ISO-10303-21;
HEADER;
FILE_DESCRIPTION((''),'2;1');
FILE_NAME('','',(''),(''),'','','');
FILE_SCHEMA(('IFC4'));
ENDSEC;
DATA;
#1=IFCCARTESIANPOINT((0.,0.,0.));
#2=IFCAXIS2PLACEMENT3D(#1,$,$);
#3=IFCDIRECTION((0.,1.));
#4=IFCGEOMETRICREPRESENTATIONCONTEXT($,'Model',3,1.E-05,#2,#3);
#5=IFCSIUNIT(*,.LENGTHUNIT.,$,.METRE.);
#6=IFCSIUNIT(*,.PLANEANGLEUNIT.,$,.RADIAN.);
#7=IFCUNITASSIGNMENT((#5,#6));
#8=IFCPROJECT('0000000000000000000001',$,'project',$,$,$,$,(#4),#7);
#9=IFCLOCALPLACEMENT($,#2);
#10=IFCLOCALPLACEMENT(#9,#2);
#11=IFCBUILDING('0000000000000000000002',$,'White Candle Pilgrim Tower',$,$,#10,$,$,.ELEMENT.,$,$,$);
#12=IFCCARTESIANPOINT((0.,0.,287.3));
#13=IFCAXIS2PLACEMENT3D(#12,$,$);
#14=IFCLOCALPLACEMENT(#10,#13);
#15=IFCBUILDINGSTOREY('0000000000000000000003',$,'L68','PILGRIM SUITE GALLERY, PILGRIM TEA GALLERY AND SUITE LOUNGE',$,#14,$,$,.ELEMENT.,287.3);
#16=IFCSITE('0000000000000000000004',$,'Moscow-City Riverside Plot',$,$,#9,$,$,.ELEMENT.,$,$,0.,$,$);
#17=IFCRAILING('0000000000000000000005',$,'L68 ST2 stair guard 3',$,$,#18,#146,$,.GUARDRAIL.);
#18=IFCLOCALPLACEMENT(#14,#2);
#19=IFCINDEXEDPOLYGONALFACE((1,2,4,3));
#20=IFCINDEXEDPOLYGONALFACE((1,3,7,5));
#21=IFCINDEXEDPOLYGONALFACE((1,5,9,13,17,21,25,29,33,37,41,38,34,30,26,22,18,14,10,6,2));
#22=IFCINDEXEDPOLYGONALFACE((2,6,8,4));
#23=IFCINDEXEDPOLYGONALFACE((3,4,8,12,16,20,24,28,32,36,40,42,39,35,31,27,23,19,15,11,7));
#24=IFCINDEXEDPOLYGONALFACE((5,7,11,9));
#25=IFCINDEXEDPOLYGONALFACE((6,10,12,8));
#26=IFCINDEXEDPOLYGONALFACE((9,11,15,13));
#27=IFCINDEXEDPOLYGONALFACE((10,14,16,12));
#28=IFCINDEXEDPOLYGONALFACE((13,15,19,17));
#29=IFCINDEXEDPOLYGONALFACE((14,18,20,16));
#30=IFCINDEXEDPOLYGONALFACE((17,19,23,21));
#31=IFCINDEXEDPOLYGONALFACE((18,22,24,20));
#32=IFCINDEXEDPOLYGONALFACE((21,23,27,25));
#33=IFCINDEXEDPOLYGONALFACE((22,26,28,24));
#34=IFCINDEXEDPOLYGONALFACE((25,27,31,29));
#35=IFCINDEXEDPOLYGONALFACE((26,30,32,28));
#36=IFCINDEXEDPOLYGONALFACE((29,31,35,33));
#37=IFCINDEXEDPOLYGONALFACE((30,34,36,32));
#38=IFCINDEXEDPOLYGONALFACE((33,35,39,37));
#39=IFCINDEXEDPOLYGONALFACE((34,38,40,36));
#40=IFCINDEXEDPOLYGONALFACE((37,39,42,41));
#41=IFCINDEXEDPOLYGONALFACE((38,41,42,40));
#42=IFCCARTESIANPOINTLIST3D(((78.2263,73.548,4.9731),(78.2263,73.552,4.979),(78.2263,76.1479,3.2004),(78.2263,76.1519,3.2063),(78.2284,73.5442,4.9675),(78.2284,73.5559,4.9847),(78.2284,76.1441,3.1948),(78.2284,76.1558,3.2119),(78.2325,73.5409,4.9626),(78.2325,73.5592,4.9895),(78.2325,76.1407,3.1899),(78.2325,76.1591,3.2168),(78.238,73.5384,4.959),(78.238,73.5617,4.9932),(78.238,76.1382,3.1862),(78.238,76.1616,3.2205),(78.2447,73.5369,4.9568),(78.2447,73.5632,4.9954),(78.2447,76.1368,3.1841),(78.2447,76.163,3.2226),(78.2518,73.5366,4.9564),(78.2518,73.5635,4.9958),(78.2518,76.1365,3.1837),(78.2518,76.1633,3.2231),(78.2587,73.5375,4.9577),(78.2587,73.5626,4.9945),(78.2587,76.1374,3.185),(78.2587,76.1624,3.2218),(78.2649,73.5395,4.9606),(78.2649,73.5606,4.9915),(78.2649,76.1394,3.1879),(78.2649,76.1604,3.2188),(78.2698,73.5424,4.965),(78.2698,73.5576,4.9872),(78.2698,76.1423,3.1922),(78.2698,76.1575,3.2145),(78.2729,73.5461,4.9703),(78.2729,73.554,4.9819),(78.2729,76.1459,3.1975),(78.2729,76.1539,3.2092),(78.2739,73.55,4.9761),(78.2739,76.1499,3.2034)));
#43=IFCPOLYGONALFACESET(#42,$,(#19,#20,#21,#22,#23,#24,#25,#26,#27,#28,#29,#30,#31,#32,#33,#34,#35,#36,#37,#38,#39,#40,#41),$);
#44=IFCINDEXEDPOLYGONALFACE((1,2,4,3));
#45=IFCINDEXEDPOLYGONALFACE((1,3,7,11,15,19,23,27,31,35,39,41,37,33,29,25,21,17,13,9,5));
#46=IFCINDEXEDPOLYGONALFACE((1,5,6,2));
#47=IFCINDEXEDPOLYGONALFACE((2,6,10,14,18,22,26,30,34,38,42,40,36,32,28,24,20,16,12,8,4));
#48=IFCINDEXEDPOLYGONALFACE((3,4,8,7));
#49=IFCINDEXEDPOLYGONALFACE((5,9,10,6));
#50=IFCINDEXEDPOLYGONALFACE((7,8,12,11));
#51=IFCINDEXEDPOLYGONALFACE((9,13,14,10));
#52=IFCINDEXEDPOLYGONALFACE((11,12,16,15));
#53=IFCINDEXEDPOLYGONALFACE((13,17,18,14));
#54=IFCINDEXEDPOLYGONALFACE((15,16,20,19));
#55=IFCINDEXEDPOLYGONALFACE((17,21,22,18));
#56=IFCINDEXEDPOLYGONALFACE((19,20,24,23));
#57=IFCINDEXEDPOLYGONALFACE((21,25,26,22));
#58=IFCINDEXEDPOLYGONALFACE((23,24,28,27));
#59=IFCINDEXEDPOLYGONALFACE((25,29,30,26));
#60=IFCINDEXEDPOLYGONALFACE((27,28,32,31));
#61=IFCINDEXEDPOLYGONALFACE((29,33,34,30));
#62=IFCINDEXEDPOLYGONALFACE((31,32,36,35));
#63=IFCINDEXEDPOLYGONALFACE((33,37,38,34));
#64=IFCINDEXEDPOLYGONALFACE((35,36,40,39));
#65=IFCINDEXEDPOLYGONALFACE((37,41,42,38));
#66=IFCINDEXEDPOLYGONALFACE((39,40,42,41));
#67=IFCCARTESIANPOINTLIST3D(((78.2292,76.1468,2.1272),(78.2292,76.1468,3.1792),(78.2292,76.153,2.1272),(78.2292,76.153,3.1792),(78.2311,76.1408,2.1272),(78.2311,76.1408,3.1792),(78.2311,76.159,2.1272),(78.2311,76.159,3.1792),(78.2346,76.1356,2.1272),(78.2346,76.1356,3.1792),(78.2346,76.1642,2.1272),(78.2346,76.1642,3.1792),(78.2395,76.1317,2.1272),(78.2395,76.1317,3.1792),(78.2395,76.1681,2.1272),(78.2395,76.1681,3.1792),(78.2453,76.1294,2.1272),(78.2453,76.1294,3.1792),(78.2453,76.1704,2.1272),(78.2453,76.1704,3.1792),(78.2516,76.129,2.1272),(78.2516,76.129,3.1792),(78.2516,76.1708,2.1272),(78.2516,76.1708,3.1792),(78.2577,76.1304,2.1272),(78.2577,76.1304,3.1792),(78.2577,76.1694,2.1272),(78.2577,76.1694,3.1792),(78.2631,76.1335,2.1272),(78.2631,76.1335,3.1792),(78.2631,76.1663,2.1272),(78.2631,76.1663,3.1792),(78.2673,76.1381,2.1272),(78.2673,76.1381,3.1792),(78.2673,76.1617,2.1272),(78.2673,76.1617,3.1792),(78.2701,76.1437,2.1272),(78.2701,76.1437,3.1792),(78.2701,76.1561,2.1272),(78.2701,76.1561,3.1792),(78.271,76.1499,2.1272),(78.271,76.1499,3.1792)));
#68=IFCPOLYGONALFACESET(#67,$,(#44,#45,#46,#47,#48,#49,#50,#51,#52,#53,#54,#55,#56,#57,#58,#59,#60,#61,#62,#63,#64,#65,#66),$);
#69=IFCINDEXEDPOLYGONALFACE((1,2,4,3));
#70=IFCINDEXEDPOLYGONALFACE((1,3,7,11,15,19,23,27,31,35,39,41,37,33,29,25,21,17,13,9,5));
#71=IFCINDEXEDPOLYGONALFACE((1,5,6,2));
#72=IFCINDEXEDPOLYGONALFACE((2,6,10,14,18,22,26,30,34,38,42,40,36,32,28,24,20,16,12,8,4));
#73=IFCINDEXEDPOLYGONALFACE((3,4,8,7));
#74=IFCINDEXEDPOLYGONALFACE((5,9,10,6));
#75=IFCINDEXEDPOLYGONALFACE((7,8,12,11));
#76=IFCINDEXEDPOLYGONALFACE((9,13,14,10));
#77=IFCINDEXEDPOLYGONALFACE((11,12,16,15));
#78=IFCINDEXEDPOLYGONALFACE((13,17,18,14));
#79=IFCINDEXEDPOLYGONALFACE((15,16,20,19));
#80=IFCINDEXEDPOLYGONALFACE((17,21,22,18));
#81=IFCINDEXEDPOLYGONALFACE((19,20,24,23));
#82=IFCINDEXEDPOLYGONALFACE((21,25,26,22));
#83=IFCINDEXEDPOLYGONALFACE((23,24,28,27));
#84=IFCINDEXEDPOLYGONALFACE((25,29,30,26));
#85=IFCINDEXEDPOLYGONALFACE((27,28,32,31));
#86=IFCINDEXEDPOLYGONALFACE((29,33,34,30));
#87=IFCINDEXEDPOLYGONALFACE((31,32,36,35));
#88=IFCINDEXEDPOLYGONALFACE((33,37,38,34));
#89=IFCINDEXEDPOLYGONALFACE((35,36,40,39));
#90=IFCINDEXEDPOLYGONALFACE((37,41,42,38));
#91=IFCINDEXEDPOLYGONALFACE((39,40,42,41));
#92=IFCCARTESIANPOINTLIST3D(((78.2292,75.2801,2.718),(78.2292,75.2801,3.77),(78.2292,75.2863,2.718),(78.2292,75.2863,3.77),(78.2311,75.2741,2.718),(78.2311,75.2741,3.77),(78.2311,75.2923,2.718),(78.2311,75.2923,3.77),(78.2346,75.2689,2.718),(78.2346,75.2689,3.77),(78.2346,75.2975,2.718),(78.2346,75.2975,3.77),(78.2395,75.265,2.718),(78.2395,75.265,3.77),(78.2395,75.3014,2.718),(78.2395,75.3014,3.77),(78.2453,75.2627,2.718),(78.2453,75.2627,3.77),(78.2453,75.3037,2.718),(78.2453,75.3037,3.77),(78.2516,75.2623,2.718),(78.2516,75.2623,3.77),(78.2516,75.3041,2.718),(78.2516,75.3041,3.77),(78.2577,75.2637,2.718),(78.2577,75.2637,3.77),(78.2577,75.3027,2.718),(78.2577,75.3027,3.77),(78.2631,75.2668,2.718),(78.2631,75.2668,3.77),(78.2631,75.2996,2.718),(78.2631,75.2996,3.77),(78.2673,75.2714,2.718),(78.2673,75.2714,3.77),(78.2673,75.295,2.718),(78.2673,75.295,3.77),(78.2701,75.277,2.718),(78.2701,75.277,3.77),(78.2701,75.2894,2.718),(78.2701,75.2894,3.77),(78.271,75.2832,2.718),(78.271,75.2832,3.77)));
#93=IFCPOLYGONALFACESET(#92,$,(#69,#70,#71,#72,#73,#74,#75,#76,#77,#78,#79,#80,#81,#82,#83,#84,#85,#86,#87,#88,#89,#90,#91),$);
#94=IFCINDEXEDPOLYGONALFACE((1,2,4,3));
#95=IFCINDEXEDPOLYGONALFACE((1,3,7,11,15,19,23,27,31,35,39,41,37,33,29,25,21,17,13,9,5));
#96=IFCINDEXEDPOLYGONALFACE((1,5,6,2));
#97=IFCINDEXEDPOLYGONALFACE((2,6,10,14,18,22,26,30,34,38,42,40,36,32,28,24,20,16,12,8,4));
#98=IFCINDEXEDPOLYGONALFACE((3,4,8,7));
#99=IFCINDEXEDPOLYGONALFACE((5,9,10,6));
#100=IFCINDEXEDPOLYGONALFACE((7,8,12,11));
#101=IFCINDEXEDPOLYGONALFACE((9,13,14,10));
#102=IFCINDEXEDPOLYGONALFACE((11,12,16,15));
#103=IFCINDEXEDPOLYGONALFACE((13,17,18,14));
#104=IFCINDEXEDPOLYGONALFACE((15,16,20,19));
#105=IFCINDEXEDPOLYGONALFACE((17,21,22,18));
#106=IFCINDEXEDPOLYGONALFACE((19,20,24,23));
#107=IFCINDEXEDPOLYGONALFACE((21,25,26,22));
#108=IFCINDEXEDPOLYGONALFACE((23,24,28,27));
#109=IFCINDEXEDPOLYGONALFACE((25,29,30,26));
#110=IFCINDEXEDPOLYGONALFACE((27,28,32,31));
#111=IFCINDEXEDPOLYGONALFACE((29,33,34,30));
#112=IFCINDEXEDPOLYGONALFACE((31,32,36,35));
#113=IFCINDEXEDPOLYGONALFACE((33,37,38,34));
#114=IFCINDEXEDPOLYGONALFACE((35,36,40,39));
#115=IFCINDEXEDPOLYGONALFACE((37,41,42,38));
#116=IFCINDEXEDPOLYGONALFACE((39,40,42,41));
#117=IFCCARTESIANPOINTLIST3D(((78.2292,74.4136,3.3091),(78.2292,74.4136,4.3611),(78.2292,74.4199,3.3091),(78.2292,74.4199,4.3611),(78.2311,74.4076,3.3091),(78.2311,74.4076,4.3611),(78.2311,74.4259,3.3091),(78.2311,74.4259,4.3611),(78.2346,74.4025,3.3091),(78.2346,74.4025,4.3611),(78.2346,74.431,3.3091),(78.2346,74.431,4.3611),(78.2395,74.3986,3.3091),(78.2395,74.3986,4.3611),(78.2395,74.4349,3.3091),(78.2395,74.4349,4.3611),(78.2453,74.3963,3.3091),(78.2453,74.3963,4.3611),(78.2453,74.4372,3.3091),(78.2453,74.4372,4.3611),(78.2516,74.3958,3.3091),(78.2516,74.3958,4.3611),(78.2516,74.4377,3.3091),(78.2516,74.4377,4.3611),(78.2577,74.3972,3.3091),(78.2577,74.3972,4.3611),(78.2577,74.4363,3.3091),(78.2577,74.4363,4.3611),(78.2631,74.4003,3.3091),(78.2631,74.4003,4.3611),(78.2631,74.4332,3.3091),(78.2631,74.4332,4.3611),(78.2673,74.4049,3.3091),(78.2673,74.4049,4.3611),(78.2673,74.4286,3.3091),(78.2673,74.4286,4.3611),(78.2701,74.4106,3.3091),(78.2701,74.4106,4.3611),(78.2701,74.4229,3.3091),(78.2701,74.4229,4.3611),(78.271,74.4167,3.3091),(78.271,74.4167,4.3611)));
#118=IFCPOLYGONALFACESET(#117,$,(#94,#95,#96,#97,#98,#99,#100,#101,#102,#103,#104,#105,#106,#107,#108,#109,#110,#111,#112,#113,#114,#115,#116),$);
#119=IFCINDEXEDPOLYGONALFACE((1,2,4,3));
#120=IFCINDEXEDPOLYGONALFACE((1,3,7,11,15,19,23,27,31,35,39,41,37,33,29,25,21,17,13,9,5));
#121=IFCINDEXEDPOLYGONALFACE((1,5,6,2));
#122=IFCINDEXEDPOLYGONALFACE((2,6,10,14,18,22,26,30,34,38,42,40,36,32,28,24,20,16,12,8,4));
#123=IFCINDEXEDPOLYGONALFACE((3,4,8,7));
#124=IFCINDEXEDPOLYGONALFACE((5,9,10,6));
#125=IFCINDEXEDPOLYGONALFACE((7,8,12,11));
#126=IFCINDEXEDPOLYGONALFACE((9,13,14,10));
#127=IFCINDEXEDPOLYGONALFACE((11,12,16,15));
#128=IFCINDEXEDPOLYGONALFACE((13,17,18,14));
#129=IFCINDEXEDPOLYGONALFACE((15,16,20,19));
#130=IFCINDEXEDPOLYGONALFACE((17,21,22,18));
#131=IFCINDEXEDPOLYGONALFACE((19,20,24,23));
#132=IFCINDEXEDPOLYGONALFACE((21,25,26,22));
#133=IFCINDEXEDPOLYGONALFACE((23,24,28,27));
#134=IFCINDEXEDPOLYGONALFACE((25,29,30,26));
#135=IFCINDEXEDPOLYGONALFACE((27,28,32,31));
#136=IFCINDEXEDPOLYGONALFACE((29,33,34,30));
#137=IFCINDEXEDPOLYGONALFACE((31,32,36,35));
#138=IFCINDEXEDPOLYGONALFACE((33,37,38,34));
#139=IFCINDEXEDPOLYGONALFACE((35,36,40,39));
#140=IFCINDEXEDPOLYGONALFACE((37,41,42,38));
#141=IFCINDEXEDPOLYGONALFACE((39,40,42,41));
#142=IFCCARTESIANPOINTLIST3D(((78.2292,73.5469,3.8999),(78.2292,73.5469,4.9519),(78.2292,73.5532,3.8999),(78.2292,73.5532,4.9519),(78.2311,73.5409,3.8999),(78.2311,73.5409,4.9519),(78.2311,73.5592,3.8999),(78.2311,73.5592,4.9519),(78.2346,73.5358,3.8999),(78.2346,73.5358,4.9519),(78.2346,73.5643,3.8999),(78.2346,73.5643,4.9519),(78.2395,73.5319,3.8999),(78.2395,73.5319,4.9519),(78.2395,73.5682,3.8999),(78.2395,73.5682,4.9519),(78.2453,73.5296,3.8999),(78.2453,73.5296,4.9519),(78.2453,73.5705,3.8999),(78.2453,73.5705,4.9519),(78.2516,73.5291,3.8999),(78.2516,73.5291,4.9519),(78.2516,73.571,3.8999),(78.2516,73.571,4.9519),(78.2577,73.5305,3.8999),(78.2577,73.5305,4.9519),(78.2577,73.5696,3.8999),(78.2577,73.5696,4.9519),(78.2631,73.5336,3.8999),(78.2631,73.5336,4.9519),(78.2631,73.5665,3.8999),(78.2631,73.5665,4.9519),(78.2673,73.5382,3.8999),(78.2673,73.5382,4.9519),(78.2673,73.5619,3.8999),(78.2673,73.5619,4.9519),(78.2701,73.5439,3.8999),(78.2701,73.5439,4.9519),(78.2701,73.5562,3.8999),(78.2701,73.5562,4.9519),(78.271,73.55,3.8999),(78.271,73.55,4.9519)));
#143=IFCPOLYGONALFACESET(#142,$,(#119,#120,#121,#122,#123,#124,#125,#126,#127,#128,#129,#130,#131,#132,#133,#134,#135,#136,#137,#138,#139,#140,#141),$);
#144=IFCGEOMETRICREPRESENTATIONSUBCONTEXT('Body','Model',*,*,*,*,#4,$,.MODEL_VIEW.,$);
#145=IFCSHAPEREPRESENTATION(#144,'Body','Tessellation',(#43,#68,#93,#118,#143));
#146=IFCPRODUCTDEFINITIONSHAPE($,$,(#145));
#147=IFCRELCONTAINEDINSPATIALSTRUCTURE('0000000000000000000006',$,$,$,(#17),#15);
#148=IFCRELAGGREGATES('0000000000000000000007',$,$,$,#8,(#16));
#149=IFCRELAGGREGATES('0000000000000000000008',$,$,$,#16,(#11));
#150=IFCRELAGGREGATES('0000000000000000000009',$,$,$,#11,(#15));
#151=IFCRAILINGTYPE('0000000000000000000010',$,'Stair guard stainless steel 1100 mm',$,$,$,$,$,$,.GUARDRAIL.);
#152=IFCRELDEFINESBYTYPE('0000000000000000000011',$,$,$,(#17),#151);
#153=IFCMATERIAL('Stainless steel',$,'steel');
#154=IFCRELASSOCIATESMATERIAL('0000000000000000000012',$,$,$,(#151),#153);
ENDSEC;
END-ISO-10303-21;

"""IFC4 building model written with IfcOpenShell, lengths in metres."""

from ifc_helpers import new_model, si_unit, direction, frame, origin, origin_2d, place, context, subcontext, project, spatial, circle, extrude, material, type_object, element, save


model = new_model("IFC4")

# Units and contexts
model_context = context("Model", 3, precision=1e-05, world=origin(), true_north=direction((0.0, 1.0)))
body_context = subcontext(model_context, "Body", "Model", "MODEL_VIEW")
ifc_project = project(units=[si_unit("LENGTHUNIT", "METRE"), si_unit("PLANEANGLEUNIT", "RADIAN")], contexts=[model_context])

# Site, building, storey
site_placement = place(None, origin())
site = spatial("IfcSite", under=ifc_project, at=site_placement, Name="Moscow-City Riverside Plot", CompositionType="ELEMENT", RefElevation=0.0)
building_placement = place(site_placement, origin())
building = spatial("IfcBuilding", under=site, at=building_placement, Name="White Candle Pilgrim Tower", CompositionType="ELEMENT")
storey_placement = place(building_placement, frame((0.0, 0.0, 287.3)))
storey = spatial("IfcBuildingStorey", under=building, at=storey_placement, Name="L68", Description="PILGRIM SUITE GALLERY, PILGRIM TEA GALLERY AND SUITE LOUNGE", CompositionType="ELEMENT", Elevation=287.3)

# Railing
ifc_material_1 = material(Name="Stainless steel", Category="steel")
railing_type_1 = type_object("IfcRailingType", Name="Stair guard stainless steel 1100 mm", PredefinedType="GUARDRAIL", material=ifc_material_1)
railing_1_placement = place(storey_placement, frame((78.25, 76.1499, 2.1272)))
element("IfcRailing", 1, at=railing_1_placement, inside=storey, type_object=railing_type_1, Name="L68 ST2 stair guard 3", PredefinedType="GUARDRAIL", context=body_context, shape_type="SweptSolid", body=[
    extrude(circle(Radius=0.0239, at=origin_2d()), frame((0.0, 0.0, 1.0762), z_axis=(0.0, -0.826216, 0.563354), x_axis=(1.0, 0.0, 0.0)), (0.0, 0.0, 1.0), 3.1467),
    extrude(circle(Radius=0.021, at=origin_2d()), origin(), (0.0, 0.0, 1.0), 1.052),
    extrude(circle(Radius=0.021, at=origin_2d()), frame((0.0, -0.8667, 0.5908)), (0.0, 0.0, 1.0), 1.052),
    extrude(circle(Radius=0.021, at=origin_2d()), frame((0.0, -1.7332, 1.1819)), (0.0, 0.0, 1.0), 1.052),
    extrude(circle(Radius=0.021, at=origin_2d()), frame((0.0, -2.5999, 1.7727)), (0.0, 0.0, 1.0), 1.052),
])

save(model, "model.ifc")
